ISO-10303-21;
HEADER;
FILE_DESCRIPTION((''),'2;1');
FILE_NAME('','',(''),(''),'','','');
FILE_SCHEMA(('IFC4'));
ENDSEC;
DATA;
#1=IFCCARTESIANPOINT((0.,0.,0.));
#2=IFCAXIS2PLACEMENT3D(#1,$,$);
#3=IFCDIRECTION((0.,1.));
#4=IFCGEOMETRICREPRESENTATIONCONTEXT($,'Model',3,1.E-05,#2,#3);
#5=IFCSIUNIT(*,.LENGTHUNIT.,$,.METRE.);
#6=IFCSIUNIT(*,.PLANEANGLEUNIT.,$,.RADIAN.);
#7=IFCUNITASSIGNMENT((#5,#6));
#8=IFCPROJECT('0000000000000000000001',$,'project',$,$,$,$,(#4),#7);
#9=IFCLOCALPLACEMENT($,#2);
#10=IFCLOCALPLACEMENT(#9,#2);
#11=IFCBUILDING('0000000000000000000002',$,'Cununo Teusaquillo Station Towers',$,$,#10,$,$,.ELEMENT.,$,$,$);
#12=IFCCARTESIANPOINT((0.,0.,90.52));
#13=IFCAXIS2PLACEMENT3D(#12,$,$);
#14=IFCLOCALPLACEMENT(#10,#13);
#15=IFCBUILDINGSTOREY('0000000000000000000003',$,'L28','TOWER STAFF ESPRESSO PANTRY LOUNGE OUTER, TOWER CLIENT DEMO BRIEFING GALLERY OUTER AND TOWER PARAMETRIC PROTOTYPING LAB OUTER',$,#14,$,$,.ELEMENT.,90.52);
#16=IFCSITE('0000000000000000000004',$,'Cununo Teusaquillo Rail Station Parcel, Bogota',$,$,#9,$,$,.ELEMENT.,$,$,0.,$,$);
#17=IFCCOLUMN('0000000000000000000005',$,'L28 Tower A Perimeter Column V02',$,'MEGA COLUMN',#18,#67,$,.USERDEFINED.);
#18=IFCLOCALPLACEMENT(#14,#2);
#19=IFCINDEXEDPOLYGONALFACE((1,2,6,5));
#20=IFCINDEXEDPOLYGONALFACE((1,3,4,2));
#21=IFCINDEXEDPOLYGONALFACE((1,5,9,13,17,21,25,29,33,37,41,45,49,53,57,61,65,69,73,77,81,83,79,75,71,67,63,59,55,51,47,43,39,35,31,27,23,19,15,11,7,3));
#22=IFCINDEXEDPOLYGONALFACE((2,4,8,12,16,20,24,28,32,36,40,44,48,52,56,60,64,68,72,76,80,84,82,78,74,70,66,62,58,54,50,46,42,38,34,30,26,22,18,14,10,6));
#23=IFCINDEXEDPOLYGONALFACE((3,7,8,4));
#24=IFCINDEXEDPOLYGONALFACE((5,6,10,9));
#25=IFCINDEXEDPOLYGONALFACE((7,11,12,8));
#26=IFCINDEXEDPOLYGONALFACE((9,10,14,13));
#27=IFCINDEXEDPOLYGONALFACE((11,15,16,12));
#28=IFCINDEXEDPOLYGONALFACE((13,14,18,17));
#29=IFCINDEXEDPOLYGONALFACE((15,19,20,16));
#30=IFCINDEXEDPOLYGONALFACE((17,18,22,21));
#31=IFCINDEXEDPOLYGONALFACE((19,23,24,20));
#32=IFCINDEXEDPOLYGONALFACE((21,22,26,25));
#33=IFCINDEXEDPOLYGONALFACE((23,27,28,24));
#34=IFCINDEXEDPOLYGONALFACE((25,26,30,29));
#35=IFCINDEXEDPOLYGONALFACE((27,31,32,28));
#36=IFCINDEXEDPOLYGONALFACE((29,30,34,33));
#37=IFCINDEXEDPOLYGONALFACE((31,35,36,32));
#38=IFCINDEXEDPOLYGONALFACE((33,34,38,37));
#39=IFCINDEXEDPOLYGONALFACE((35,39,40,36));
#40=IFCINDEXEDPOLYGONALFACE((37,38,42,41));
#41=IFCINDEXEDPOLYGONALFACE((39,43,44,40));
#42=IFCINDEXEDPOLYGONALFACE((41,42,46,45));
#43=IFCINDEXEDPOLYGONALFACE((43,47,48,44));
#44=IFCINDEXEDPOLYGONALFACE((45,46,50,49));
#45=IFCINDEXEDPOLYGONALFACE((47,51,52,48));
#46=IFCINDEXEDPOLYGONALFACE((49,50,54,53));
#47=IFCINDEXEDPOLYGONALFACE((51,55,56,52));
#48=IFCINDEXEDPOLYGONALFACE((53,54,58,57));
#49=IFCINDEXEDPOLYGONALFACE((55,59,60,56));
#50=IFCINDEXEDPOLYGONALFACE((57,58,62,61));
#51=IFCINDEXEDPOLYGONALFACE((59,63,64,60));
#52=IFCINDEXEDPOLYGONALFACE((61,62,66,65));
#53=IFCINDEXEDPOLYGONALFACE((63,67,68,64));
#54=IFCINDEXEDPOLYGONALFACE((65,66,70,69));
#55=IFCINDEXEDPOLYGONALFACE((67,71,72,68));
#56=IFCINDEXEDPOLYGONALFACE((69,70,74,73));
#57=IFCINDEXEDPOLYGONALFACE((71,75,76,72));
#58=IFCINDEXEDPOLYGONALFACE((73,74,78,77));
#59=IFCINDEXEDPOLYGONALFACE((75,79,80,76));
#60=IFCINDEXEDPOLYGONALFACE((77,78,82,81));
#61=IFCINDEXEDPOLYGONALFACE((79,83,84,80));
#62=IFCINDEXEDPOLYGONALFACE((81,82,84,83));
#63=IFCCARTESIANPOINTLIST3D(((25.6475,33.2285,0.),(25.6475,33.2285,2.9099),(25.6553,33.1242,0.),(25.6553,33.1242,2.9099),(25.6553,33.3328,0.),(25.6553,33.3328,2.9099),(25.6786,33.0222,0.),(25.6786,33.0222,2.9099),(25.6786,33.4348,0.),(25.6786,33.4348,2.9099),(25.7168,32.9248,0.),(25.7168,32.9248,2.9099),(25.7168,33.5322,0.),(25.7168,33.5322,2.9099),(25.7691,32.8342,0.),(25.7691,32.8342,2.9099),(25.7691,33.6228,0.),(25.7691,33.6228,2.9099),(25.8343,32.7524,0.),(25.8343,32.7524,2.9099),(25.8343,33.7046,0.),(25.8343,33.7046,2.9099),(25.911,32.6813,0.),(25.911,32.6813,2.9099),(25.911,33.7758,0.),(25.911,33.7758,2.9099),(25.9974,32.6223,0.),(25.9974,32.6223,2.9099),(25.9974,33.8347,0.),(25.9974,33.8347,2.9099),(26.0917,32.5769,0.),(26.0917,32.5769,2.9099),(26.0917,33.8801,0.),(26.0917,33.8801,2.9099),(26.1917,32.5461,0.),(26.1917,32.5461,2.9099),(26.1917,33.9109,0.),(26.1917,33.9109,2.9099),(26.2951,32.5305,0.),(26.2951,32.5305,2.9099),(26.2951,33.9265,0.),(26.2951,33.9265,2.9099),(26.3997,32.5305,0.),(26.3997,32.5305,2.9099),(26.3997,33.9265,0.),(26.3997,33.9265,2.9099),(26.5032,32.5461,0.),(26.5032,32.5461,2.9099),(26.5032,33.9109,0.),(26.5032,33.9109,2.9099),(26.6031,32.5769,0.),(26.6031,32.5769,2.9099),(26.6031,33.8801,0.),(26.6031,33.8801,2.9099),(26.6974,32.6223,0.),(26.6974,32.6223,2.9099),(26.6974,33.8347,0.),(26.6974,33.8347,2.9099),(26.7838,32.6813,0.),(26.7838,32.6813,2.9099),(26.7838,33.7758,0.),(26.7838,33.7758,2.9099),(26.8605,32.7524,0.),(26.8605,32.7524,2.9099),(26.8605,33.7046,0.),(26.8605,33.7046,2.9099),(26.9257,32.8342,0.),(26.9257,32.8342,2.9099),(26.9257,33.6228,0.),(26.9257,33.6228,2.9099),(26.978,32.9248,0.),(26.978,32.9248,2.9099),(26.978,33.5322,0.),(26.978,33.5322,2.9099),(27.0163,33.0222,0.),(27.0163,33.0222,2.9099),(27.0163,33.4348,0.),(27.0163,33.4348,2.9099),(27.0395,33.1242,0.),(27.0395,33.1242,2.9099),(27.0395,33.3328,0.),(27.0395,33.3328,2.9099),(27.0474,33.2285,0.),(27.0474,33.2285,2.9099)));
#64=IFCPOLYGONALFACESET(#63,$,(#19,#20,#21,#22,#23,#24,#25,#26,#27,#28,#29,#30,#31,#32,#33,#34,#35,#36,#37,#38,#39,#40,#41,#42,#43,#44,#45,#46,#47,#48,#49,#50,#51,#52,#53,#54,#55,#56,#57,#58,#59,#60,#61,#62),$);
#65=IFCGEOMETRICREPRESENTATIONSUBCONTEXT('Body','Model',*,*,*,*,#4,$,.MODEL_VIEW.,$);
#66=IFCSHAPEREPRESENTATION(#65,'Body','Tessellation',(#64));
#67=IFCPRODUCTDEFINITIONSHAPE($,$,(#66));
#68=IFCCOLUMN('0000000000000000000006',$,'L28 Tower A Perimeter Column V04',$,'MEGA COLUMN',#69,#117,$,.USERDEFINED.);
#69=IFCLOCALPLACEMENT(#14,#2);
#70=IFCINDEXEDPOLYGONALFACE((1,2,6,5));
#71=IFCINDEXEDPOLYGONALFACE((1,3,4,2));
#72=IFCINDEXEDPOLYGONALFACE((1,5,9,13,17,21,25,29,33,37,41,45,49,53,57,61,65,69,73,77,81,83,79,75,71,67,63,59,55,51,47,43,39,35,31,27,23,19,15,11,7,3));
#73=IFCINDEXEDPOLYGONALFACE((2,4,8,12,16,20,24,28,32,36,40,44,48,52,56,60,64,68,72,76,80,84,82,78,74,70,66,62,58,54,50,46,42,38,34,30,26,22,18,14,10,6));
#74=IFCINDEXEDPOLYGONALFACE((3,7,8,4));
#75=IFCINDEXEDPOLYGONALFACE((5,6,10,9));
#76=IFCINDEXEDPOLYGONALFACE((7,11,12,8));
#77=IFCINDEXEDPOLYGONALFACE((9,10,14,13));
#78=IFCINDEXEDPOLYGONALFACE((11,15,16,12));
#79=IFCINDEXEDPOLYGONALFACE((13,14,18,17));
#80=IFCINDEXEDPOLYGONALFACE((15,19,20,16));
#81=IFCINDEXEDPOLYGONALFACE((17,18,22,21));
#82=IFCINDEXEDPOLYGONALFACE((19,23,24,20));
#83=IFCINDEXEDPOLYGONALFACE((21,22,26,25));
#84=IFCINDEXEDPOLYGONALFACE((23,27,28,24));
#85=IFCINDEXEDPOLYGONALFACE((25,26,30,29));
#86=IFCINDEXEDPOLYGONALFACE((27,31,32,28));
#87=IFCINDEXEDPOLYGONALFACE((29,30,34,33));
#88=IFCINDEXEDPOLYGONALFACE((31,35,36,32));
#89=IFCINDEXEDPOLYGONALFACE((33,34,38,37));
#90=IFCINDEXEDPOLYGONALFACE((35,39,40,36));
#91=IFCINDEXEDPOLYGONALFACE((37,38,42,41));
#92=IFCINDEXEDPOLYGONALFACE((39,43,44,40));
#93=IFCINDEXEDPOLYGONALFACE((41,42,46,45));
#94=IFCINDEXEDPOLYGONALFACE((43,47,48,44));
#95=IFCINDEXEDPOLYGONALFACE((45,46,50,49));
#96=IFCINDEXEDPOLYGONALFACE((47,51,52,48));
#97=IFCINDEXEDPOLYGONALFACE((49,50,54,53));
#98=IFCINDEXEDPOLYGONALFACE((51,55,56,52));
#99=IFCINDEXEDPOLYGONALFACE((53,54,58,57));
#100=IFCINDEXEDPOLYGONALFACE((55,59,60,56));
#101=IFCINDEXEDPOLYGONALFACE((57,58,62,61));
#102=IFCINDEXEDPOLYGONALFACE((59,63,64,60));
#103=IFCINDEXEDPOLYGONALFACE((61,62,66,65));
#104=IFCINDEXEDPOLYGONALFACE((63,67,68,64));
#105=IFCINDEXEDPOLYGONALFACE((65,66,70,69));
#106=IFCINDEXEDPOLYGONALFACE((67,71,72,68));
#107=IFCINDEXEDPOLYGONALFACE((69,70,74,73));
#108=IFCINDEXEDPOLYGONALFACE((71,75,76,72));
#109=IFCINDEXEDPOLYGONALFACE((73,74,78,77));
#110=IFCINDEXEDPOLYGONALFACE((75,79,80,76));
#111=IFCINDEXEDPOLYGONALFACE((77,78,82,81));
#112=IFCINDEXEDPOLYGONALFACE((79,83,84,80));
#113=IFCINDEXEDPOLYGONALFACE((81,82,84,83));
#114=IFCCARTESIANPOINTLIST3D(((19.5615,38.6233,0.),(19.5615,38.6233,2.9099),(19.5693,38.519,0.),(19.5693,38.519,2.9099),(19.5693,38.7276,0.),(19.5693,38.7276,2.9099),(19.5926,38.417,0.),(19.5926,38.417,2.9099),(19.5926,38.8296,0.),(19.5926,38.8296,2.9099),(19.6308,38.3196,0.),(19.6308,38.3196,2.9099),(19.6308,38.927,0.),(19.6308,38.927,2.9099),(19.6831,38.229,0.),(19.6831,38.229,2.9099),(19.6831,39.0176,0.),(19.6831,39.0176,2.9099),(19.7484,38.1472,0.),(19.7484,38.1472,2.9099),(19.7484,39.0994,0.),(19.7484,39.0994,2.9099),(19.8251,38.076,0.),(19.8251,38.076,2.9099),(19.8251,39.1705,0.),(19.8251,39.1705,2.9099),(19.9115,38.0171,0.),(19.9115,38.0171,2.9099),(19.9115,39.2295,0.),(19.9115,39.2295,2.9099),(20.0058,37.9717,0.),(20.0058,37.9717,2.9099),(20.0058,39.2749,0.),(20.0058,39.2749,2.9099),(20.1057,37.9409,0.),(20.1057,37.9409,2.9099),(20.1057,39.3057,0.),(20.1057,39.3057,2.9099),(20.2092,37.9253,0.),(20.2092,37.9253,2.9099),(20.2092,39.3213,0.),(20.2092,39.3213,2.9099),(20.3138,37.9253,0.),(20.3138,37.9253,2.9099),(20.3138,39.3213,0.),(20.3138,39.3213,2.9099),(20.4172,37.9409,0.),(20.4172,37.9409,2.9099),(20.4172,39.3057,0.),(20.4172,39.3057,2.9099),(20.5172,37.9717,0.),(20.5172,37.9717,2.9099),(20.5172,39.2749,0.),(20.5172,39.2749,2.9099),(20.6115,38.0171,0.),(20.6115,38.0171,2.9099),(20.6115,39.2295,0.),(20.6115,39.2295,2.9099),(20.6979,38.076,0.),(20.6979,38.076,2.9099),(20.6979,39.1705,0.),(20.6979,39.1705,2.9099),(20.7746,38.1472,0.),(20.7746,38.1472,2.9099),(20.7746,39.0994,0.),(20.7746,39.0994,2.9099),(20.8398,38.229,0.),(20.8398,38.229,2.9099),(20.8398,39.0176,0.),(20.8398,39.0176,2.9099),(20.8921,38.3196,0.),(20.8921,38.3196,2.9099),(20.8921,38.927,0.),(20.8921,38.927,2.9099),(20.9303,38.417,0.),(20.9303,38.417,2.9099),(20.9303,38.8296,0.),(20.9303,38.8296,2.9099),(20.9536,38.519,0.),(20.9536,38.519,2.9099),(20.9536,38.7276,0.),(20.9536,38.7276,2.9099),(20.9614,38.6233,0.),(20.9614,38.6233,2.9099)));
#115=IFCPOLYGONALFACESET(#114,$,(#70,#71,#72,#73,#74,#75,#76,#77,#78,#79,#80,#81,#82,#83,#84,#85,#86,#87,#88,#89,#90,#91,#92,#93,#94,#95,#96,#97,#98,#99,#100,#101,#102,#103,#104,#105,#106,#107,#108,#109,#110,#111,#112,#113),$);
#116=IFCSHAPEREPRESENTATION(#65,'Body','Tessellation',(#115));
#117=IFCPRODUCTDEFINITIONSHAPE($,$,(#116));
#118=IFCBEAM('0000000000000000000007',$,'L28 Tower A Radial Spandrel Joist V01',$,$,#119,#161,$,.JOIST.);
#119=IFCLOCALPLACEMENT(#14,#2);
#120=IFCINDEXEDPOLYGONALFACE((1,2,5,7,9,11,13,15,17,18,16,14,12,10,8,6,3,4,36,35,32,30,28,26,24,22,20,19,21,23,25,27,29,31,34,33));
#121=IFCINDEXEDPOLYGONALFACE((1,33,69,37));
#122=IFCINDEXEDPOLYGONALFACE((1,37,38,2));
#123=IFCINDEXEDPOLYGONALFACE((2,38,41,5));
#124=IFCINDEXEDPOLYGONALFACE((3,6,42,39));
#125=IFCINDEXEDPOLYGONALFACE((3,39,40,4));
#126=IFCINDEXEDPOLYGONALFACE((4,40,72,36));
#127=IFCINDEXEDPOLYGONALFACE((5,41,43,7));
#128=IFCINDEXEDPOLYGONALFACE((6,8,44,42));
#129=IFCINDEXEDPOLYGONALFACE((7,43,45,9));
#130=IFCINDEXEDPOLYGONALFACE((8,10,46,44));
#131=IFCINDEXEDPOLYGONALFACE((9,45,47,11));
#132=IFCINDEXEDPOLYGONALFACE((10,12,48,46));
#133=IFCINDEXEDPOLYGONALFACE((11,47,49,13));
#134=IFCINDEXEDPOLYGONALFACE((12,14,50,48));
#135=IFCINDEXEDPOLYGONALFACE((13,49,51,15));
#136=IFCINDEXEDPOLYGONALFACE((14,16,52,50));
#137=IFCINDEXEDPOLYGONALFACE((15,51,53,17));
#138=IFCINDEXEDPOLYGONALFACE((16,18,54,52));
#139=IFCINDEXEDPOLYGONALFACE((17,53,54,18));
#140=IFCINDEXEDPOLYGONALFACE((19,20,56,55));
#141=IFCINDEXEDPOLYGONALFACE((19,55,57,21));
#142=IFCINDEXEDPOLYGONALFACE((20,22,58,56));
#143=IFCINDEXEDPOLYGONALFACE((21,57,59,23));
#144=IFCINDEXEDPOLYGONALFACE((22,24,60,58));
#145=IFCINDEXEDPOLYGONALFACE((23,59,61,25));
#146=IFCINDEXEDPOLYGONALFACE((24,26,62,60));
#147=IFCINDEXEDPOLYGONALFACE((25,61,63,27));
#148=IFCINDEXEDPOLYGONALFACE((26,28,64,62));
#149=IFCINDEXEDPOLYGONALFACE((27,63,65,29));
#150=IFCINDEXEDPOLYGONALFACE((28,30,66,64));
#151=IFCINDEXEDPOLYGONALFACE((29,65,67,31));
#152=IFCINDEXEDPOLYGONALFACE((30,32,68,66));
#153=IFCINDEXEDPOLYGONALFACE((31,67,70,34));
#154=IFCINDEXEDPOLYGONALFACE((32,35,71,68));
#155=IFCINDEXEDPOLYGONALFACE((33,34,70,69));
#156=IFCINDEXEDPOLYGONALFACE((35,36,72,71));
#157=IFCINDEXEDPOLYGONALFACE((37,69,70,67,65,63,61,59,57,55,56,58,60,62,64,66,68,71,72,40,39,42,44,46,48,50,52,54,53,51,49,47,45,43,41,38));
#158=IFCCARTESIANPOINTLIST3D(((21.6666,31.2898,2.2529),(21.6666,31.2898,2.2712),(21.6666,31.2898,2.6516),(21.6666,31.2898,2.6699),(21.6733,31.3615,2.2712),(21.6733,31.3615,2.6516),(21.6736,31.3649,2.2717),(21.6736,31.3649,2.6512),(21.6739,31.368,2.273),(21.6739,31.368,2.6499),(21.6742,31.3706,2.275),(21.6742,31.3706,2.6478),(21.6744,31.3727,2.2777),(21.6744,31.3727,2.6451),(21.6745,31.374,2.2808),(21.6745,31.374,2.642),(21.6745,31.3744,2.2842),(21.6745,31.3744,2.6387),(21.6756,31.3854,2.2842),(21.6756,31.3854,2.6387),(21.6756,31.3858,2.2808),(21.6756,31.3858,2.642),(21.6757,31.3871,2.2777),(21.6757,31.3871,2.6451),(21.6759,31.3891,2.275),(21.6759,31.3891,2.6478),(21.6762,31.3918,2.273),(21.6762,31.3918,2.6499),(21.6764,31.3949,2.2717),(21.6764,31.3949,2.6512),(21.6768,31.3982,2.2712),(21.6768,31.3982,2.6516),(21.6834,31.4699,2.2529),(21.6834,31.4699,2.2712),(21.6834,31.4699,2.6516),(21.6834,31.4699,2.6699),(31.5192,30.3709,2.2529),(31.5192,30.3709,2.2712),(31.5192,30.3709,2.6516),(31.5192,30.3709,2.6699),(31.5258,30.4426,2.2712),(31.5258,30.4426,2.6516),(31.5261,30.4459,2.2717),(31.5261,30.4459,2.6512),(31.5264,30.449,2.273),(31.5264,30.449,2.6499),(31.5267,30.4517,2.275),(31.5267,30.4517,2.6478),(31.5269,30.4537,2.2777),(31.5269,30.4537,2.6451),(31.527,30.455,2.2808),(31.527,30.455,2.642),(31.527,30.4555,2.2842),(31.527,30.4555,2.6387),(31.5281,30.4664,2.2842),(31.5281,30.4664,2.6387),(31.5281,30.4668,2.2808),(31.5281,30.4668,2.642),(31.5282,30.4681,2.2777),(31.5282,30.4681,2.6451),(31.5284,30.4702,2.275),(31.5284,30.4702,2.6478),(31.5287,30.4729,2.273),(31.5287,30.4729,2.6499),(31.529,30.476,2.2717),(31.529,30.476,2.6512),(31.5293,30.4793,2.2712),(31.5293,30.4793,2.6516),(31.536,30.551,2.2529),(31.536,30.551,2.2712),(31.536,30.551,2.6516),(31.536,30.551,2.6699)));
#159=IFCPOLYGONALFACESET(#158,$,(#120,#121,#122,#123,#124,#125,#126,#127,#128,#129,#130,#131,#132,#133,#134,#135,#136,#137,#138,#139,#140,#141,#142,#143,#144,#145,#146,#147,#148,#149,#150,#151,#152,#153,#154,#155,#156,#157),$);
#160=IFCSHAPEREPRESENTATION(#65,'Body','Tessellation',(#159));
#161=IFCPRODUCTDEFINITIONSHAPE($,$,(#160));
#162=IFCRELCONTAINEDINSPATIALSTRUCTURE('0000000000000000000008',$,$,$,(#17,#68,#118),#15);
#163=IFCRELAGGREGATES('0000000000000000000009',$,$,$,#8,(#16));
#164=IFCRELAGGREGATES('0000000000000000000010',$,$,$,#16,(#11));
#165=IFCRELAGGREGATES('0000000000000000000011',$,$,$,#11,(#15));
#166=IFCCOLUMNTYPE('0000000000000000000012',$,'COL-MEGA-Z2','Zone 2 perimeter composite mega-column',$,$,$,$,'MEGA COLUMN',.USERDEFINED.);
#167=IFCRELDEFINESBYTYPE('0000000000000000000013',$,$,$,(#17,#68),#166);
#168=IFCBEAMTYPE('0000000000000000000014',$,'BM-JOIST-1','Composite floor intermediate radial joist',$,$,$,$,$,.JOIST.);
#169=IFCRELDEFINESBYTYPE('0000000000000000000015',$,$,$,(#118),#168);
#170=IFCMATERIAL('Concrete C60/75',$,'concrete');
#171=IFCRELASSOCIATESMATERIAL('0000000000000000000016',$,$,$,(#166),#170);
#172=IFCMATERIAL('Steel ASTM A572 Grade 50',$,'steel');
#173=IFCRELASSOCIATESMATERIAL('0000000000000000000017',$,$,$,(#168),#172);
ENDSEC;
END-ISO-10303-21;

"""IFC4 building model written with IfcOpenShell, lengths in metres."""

from ifc_helpers import new_model, si_unit, direction, frame, origin, origin_2d, place, context, subcontext, project, spatial, circle, i_section, extrude, material, material_profile, profile_set, type_object, element, save


model = new_model("IFC4")

# Units and contexts
model_context = context("Model", 3, precision=1e-05, world=origin(), true_north=direction((0.0, 1.0)))
body_context = subcontext(model_context, "Body", "Model", "MODEL_VIEW")
ifc_project = project(units=[si_unit("LENGTHUNIT", "METRE"), si_unit("PLANEANGLEUNIT", "RADIAN")], contexts=[model_context])

# Site, building, storey
site_placement = place(None, origin())
site = spatial("IfcSite", under=ifc_project, at=site_placement, Name="Cununo Teusaquillo Rail Station Parcel, Bogota", CompositionType="ELEMENT", RefElevation=0.0)
building_placement = place(site_placement, origin())
building = spatial("IfcBuilding", under=site, at=building_placement, Name="Cununo Teusaquillo Station Towers", CompositionType="ELEMENT")
storey_placement = place(building_placement, frame((0.0, 0.0, 90.52)))
storey = spatial("IfcBuildingStorey", under=building, at=storey_placement, Name="L28", Description="TOWER STAFF ESPRESSO PANTRY LOUNGE OUTER, TOWER CLIENT DEMO BRIEFING GALLERY OUTER AND TOWER PARAMETRIC PROTOTYPING LAB OUTER", CompositionType="ELEMENT", Elevation=90.52)

# Columns
ifc_material_1 = material(Name="Concrete C60/75", Category="concrete")
ifc_material_profile_1 = material_profile(ifc_material_1, circle(Radius=0.7, at=origin_2d()), Name="RC-CIRC-1400")
ifc_profile_set_1 = profile_set([ifc_material_profile_1], Name="Concrete C60/75")
column_type = type_object("IfcColumnType", Name="COL-MEGA-Z2", Description="Zone 2 perimeter composite mega-column", ElementType="MEGA COLUMN", PredefinedType="USERDEFINED", material=ifc_profile_set_1)
for number, where, z_axis, x_axis, name in (
    (1, (26.3474, 33.2285, 0.0), (0.0, 0.0, 1.0), (1.0, 0.0, 0.0), "L28 Tower A Perimeter Column V02"),
    (2, (20.2615, 38.6233, 0.0), (0.0, 0.0, 1.0), (1.0, 0.0, 0.0), "L28 Tower A Perimeter Column V04"),
):
    element("IfcColumn", number, at=place(storey_placement, frame(where, z_axis=z_axis, x_axis=x_axis)), inside=storey, type_object=column_type, Name=name, ObjectType="MEGA COLUMN", PredefinedType="USERDEFINED", context=body_context, shape_type="SweptSolid", body=[
        extrude(circle(Radius=0.7, at=origin_2d()), origin(), (0.0, 0.0, 1.0), 2.9099),
    ])

# Beam
ifc_material_2 = material(Name="Steel ASTM A572 Grade 50", Category="steel")
ifc_material_profile_2 = material_profile(ifc_material_2, i_section(OverallWidth=0.1809, OverallDepth=0.417, WebThickness=0.011, FlangeThickness=0.0183, FilletRadius=0.0129, at=origin_2d()), Name="W16X57")
ifc_profile_set_2 = profile_set([ifc_material_profile_2], Name="Steel ASTM A572 Grade 50")
beam_type_1 = type_object("IfcBeamType", Name="BM-JOIST-1", Description="Composite floor intermediate radial joist", PredefinedType="JOIST", material=ifc_profile_set_2)
beam_1_placement = place(storey_placement, frame((21.675, 31.3799, 2.4614), z_axis=(0.995679, -0.092867, 0.0), x_axis=(0.092867, 0.995679, 0.0)))
element("IfcBeam", 3, at=beam_1_placement, inside=storey, type_object=beam_type_1, Name="L28 Tower A Radial Spandrel Joist V01", PredefinedType="JOIST", context=body_context, shape_type="SweptSolid", body=[
    extrude(i_section(OverallWidth=0.1809, OverallDepth=0.417, WebThickness=0.011, FlangeThickness=0.0183, FilletRadius=0.0129, at=origin_2d()), origin(), (0.0, 0.0, 1.0), 9.8953),
])

save(model, "model.ifc")
